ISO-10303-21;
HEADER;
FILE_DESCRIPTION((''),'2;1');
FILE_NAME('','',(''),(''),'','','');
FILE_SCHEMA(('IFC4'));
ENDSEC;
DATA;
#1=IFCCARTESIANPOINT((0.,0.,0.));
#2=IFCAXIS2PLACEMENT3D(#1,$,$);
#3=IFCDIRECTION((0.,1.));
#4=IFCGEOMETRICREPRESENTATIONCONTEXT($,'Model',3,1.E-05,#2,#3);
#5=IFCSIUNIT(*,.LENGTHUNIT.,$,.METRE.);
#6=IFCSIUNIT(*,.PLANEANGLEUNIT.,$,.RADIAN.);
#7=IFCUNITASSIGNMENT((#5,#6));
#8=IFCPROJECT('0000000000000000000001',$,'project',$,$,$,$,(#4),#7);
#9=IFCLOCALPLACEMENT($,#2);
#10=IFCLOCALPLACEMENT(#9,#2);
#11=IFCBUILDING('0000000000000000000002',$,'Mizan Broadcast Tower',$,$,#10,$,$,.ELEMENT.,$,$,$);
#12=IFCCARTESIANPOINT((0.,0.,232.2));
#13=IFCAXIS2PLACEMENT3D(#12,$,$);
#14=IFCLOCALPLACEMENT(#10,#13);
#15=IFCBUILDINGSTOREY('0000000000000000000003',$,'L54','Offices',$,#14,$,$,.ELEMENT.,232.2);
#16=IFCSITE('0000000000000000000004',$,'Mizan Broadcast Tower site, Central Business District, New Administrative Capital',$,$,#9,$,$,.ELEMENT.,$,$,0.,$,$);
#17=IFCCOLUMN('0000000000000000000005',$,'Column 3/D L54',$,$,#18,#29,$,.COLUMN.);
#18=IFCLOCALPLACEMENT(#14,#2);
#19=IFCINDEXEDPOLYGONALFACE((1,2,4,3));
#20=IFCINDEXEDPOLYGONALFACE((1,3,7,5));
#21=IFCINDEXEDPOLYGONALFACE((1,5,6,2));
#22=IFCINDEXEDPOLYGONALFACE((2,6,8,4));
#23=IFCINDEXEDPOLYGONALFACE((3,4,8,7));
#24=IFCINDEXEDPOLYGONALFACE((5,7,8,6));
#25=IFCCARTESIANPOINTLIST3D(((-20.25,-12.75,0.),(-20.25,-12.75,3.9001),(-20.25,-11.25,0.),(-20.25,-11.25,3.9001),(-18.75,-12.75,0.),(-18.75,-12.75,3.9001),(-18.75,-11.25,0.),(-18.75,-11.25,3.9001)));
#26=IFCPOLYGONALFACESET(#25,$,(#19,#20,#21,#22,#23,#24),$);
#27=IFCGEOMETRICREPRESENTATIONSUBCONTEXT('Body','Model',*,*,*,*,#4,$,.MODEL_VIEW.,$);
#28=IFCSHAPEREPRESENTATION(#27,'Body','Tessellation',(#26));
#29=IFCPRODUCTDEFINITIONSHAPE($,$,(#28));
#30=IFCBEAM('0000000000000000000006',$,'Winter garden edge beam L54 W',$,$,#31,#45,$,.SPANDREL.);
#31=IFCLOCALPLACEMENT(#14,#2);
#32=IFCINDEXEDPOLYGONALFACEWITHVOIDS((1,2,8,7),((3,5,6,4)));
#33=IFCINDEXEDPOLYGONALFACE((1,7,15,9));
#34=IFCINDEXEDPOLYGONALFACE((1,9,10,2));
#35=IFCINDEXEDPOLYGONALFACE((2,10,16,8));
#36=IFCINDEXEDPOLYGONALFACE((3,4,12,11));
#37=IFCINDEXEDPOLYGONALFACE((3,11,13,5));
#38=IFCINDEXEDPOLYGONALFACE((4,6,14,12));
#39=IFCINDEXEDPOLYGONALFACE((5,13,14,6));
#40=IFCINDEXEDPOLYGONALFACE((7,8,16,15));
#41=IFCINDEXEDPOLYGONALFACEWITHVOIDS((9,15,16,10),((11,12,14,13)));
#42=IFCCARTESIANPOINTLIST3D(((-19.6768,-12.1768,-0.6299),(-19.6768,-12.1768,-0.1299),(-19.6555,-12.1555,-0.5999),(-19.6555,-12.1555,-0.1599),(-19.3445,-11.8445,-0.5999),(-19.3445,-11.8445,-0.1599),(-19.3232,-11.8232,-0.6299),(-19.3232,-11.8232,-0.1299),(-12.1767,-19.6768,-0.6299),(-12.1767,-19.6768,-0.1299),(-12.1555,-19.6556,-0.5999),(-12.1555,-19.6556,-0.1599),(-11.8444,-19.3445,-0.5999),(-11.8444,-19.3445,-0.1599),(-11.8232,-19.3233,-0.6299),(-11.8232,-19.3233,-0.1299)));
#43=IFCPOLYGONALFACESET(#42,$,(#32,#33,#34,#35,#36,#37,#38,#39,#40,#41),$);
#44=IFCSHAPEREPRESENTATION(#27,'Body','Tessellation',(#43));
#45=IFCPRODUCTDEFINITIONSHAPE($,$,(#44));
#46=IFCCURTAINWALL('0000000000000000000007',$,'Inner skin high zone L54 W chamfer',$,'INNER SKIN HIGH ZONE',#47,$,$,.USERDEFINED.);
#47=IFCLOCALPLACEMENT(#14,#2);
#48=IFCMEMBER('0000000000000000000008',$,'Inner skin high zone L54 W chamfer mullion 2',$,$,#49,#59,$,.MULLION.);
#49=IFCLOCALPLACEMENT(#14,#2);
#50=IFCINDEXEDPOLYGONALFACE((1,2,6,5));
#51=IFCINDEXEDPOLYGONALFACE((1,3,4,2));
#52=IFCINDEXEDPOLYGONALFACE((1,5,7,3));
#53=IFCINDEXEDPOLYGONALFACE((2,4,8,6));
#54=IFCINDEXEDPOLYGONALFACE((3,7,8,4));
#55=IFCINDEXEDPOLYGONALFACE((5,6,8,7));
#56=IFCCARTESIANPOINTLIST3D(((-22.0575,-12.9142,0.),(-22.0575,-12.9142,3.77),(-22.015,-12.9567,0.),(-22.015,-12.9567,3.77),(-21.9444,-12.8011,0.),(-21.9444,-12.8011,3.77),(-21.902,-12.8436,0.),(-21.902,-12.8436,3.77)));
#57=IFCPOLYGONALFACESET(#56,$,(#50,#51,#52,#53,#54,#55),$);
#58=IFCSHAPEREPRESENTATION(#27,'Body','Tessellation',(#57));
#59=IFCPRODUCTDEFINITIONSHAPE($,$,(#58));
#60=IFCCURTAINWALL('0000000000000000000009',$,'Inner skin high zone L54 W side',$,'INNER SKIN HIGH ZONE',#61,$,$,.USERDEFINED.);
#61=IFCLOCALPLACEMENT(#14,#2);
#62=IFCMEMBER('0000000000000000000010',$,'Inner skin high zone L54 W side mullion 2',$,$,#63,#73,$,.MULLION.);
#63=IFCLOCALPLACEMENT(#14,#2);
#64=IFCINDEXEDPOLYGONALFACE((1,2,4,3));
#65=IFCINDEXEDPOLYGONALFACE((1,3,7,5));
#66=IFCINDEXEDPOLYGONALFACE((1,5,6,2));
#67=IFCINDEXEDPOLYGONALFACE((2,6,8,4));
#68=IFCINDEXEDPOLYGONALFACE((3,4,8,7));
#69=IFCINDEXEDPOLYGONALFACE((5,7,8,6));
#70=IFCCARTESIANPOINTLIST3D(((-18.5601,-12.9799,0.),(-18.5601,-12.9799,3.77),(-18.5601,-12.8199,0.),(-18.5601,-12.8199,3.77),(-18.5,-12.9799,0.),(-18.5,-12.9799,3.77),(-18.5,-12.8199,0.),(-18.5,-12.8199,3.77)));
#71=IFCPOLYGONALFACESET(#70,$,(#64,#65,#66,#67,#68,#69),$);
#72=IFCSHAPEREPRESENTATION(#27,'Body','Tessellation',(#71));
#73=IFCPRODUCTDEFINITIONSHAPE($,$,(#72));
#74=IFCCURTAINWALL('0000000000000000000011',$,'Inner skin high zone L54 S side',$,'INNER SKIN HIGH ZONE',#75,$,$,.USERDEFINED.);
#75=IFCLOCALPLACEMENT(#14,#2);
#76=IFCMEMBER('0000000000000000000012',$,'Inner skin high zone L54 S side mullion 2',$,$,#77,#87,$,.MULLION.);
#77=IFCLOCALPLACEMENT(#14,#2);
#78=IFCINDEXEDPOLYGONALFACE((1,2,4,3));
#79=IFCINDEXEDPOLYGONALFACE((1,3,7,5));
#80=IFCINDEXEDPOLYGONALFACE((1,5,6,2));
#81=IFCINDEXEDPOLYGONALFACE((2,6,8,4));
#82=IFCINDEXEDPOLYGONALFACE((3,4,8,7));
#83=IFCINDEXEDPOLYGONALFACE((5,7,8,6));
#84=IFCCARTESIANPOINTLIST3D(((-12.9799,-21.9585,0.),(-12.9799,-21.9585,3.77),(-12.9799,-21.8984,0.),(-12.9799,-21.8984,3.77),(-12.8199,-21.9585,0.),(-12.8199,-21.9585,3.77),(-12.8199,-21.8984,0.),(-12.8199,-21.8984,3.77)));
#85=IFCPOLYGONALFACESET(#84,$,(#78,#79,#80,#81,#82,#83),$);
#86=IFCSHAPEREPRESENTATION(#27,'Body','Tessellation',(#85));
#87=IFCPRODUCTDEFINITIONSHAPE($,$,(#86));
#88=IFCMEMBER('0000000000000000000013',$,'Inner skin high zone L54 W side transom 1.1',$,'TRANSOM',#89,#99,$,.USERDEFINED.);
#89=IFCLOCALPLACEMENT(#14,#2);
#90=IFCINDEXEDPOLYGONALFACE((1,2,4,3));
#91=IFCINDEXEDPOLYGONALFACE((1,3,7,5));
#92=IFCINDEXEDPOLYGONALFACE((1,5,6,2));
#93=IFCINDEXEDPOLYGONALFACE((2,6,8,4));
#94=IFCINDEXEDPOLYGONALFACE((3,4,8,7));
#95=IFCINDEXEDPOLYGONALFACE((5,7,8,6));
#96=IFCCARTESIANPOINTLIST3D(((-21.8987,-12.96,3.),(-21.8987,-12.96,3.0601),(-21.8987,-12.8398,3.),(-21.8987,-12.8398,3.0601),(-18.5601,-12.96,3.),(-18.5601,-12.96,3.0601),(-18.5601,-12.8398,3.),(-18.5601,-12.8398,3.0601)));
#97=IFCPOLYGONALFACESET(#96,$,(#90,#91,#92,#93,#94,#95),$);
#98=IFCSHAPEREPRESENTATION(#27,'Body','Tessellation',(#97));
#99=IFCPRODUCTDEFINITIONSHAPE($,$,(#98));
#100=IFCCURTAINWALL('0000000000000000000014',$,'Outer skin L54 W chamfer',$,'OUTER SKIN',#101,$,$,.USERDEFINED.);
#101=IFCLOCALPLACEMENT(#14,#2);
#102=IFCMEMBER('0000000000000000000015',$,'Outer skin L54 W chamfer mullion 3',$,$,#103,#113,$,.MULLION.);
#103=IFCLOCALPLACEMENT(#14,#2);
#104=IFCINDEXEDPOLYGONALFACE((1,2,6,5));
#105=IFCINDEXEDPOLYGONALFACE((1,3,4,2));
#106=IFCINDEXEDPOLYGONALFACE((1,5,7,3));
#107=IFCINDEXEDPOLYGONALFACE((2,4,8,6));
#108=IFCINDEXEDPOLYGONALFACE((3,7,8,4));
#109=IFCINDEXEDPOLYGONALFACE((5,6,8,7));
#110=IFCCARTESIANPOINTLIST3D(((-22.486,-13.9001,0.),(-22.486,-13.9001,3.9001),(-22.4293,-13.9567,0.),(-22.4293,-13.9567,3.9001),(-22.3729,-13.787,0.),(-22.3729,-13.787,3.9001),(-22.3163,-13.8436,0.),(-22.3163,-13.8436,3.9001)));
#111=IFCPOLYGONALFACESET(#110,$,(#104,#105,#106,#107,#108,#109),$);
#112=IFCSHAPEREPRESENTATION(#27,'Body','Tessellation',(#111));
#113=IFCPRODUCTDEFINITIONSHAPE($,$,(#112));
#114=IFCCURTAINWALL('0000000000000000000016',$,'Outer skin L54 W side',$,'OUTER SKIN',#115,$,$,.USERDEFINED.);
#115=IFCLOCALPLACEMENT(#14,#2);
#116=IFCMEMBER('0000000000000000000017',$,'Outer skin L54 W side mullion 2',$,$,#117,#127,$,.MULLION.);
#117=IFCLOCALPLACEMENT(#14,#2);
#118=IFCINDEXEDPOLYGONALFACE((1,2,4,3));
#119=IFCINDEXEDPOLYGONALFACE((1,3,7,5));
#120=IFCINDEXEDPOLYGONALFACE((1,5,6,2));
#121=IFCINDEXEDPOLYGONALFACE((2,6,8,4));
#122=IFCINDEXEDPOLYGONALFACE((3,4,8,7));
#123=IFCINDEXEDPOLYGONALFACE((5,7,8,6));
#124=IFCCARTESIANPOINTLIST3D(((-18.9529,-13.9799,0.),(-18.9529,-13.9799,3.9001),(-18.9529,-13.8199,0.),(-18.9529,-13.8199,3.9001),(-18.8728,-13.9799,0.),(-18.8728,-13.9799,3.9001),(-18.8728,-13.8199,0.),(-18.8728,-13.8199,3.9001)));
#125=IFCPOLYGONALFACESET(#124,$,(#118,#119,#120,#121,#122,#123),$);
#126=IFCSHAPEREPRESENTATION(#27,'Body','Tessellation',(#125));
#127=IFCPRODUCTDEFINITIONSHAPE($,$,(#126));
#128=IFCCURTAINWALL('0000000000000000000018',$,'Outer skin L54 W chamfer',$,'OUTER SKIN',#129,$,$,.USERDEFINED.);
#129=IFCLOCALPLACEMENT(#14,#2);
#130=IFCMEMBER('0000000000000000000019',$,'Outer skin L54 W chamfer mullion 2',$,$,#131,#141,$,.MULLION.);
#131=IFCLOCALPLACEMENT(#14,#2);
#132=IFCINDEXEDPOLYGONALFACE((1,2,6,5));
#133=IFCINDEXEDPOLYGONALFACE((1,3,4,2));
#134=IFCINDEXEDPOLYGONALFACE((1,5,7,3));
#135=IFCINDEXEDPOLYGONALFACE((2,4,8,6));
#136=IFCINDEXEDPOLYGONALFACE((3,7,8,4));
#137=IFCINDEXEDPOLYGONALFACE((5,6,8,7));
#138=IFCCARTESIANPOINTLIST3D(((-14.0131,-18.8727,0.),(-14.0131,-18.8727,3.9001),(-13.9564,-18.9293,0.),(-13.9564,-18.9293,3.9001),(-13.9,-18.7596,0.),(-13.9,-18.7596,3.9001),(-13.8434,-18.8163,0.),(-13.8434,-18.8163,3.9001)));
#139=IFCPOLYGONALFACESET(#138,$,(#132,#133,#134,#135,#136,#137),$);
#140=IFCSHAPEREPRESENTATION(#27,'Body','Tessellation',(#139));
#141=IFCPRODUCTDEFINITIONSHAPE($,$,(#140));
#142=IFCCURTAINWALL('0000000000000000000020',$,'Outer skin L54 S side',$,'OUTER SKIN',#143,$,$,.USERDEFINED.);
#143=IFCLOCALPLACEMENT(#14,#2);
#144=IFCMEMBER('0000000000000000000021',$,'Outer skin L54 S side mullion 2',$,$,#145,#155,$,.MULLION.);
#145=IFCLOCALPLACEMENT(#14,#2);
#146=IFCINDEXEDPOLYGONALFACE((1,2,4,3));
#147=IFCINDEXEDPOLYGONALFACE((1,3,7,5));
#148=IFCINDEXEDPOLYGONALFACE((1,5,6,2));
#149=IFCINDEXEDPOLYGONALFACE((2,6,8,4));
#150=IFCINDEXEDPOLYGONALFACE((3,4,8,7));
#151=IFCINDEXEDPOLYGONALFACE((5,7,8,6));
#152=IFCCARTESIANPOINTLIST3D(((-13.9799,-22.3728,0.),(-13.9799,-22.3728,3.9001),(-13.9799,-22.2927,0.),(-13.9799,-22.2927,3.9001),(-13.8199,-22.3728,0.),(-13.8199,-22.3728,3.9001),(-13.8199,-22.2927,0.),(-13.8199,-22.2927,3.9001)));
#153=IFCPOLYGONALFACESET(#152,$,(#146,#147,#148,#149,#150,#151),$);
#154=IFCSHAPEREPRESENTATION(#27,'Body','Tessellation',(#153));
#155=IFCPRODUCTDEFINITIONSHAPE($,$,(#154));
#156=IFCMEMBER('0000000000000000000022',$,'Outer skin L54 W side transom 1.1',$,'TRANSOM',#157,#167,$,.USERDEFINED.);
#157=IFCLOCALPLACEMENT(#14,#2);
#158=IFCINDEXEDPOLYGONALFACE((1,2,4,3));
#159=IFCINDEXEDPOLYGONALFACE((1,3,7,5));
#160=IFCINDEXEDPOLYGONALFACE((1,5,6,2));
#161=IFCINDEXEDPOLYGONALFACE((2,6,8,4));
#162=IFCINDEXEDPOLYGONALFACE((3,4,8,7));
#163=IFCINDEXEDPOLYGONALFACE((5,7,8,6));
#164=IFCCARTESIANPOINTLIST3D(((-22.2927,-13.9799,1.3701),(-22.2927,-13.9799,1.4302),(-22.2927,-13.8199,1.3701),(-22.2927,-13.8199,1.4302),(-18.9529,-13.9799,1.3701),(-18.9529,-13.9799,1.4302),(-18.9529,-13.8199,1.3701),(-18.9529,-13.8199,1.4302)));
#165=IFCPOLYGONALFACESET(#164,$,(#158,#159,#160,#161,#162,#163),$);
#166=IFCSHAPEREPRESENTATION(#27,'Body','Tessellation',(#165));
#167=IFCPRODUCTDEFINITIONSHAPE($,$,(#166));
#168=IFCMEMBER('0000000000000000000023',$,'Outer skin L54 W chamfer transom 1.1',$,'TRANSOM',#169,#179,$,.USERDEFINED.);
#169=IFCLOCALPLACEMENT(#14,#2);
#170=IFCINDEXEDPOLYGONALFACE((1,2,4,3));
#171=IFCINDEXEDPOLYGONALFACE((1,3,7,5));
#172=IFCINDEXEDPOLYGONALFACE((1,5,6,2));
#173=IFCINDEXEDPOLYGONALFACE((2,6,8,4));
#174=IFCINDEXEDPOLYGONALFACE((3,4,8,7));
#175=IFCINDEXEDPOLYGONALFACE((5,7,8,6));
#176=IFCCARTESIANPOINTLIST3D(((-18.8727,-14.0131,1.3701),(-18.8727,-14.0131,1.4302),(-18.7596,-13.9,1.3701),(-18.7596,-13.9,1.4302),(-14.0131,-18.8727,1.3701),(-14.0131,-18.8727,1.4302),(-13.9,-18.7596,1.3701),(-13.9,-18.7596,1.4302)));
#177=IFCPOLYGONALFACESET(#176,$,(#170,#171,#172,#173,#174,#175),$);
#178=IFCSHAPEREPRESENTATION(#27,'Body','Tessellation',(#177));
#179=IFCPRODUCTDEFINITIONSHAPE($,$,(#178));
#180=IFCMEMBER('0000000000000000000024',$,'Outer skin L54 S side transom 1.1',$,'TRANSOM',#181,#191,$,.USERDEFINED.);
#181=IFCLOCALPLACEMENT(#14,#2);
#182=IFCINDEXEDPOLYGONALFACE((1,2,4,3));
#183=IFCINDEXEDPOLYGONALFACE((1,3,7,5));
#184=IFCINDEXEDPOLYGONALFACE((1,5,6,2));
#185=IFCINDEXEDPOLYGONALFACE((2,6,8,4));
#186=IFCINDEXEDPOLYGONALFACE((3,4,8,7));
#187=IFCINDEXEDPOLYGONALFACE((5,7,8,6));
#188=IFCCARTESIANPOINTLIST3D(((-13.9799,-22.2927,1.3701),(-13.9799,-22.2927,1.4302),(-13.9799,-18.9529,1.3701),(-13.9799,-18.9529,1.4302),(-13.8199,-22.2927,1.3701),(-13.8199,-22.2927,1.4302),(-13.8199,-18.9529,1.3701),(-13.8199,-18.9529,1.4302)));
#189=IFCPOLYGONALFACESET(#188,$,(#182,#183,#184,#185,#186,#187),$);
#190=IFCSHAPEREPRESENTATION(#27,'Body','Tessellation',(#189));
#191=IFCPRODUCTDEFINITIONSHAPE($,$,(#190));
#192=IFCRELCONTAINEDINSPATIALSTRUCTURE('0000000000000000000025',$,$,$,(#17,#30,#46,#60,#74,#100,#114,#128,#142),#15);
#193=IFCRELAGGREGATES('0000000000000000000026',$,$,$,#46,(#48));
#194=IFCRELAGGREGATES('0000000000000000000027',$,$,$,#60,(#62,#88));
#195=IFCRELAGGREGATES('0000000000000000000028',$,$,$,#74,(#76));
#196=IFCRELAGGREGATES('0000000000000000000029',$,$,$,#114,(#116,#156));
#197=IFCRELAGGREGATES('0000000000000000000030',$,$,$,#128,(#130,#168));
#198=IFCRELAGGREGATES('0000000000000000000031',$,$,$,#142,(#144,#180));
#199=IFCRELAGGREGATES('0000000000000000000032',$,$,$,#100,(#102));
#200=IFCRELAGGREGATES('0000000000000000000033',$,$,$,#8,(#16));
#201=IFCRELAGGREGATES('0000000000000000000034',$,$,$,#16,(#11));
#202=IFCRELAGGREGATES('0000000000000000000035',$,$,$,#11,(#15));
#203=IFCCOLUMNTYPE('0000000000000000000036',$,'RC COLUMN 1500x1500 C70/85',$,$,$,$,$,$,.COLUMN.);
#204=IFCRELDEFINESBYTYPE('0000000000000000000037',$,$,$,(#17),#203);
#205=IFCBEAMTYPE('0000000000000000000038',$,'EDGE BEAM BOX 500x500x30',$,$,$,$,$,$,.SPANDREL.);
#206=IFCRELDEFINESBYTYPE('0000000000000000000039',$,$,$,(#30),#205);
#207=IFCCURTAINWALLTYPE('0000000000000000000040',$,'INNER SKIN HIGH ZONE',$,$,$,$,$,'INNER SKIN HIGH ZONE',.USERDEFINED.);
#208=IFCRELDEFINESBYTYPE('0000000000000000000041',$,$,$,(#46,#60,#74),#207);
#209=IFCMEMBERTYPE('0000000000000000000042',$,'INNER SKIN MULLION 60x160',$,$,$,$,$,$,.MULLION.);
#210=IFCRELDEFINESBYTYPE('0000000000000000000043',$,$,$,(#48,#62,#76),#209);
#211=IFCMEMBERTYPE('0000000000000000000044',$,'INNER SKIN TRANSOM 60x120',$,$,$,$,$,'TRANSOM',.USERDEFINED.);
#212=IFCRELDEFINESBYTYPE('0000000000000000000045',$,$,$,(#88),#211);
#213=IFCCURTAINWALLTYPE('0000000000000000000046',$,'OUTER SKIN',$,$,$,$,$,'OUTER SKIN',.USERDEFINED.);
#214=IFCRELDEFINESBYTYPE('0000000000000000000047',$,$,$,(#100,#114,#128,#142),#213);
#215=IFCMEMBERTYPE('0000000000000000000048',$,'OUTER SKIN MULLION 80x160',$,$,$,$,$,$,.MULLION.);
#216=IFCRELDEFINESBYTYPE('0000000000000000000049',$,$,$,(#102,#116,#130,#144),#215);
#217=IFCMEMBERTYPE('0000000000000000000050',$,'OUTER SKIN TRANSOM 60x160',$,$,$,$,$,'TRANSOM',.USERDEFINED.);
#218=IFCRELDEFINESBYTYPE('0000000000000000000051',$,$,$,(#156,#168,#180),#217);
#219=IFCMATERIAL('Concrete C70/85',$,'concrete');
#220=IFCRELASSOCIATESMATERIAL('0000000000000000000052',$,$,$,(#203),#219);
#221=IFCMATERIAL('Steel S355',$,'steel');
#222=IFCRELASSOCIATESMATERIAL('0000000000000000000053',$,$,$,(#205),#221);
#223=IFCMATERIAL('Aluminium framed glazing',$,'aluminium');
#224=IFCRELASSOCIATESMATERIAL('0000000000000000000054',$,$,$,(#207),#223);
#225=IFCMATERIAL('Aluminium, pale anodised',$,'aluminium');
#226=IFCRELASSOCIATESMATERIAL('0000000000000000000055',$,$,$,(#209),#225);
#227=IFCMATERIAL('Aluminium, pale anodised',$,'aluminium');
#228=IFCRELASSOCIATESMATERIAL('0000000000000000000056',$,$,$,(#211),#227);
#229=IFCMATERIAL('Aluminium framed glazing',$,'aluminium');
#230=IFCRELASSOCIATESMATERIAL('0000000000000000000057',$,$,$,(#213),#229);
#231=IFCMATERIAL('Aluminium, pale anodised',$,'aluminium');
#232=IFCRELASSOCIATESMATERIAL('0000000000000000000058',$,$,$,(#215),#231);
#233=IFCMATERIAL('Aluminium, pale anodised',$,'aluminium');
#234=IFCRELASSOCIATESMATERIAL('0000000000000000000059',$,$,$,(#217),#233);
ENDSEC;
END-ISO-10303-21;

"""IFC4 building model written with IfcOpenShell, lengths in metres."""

from ifc_helpers import new_model, si_unit, direction, frame, origin, origin_2d, place, context, subcontext, project, spatial, rectangle, hollow_rectangle, extrude, material, material_profile, profile_set, type_object, element, aggregate, save


model = new_model("IFC4")

# Units and contexts
model_context = context("Model", 3, precision=1e-05, world=origin(), true_north=direction((0.0, 1.0)))
body_context = subcontext(model_context, "Body", "Model", "MODEL_VIEW")
ifc_project = project(units=[si_unit("LENGTHUNIT", "METRE"), si_unit("PLANEANGLEUNIT", "RADIAN")], contexts=[model_context])

# Site, building, storey
site_placement = place(None, origin())
site = spatial("IfcSite", under=ifc_project, at=site_placement, Name="Mizan Broadcast Tower site, Central Business District, New Administrative Capital", CompositionType="ELEMENT", RefElevation=0.0)
building_placement = place(site_placement, origin())
building = spatial("IfcBuilding", under=site, at=building_placement, Name="Mizan Broadcast Tower", CompositionType="ELEMENT")
storey_placement = place(building_placement, frame((0.0, 0.0, 232.2)))
storey = spatial("IfcBuildingStorey", under=building, at=storey_placement, Name="L54", Description="Offices", CompositionType="ELEMENT", Elevation=232.2)

# Column
ifc_material_1 = material(Name="Concrete C70/85", Category="concrete")
ifc_material_profile_1 = material_profile(ifc_material_1, rectangle(XDim=1.5, YDim=1.5, at=origin_2d()), Name="RC 1500x1500")
ifc_profile_set_1 = profile_set([ifc_material_profile_1], Name="Concrete C70/85")
column_type = type_object("IfcColumnType", Name="RC COLUMN 1500x1500 C70/85", PredefinedType="COLUMN", material=ifc_profile_set_1)
column_placement = place(storey_placement, frame((-19.5, -12.0, 0.0), z_axis=(0.0, 0.0, 1.0), x_axis=(1.0, 0.0, 0.0)))
element("IfcColumn", 1, at=column_placement, inside=storey, type_object=column_type, Name="Column 3/D L54", PredefinedType="COLUMN", context=body_context, shape_type="SweptSolid", body=[
    extrude(rectangle(XDim=1.5, YDim=1.5, at=origin_2d()), origin(), (0.0, 0.0, 1.0), 3.9001),
])

# Beam
ifc_material_2 = material(Name="Steel S355", Category="steel")
ifc_material_profile_2 = material_profile(ifc_material_2, hollow_rectangle(XDim=0.5, YDim=0.5, WallThickness=0.03, at=origin_2d()), Name="BOX 500x500x30")
ifc_profile_set_2 = profile_set([ifc_material_profile_2], Name="Steel S355")
beam_type = type_object("IfcBeamType", Name="EDGE BEAM BOX 500x500x30", PredefinedType="SPANDREL", material=ifc_profile_set_2)
beam_placement = place(storey_placement, frame((-19.5, -12.0, -0.3799), z_axis=(0.707107, -0.707107, 0.0), x_axis=(0.707107, 0.707107, 0.0)))
element("IfcBeam", 2, at=beam_placement, inside=storey, type_object=beam_type, Name="Winter garden edge beam L54 W", PredefinedType="SPANDREL", context=body_context, shape_type="SweptSolid", body=[
    extrude(hollow_rectangle(XDim=0.5, YDim=0.5, WallThickness=0.03, at=origin_2d()), origin(), (0.0, 0.0, 1.0), 10.6067),
])

# Curtain walls, members
ifc_material_3 = material(Name="Aluminium framed glazing", Category="aluminium")
curtain_wall_type_1 = type_object("IfcCurtainWallType", Name="INNER SKIN HIGH ZONE", ElementType="INNER SKIN HIGH ZONE", PredefinedType="USERDEFINED", material=ifc_material_3)
curtain_wall_1_placement = place(storey_placement, origin())
curtain_wall_1 = element("IfcCurtainWall", 3, at=curtain_wall_1_placement, inside=storey, type_object=curtain_wall_type_1, Name="Inner skin high zone L54 W chamfer", ObjectType="INNER SKIN HIGH ZONE", PredefinedType="USERDEFINED")
ifc_material_4 = material(Name="Aluminium, pale anodised", Category="aluminium")
ifc_material_profile_3 = material_profile(ifc_material_4, rectangle(XDim=0.1599, YDim=0.0601, at=origin_2d()), Name="MULLION 160x60")
ifc_profile_set_3 = profile_set([ifc_material_profile_3], Name="Aluminium, pale anodised")
member_type_1 = type_object("IfcMemberType", Name="INNER SKIN MULLION 60x160", PredefinedType="MULLION", material=ifc_profile_set_3)
member_1_placement = place(storey_placement, frame((-21.9797, -12.8789, 0.0), z_axis=(0.0, 0.0, 1.0), x_axis=(0.707107, 0.707107, 0.0)))
member_1 = element("IfcMember", 4, at=member_1_placement, type_object=member_type_1, Name="Inner skin high zone L54 W chamfer mullion 2", PredefinedType="MULLION", context=body_context, shape_type="SweptSolid", body=[
    extrude(rectangle(XDim=0.1599, YDim=0.0601, at=origin_2d()), origin(), (0.0, 0.0, 1.0), 3.77),
])
aggregate(curtain_wall_1, [member_1])
curtain_wall_2_placement = place(storey_placement, origin())
curtain_wall_2 = element("IfcCurtainWall", 5, at=curtain_wall_2_placement, inside=storey, type_object=curtain_wall_type_1, Name="Inner skin high zone L54 W side", ObjectType="INNER SKIN HIGH ZONE", PredefinedType="USERDEFINED")
member_2_placement = place(storey_placement, frame((-18.53, -12.8999, 0.0), z_axis=(0.0, 0.0, 1.0), x_axis=(0.0, 1.0, 0.0)))
member_2 = element("IfcMember", 6, at=member_2_placement, type_object=member_type_1, Name="Inner skin high zone L54 W side mullion 2", PredefinedType="MULLION", context=body_context, shape_type="SweptSolid", body=[
    extrude(rectangle(XDim=0.1599, YDim=0.0601, at=origin_2d()), origin(), (0.0, 0.0, 1.0), 3.77),
])
curtain_wall_3_placement = place(storey_placement, origin())
curtain_wall_3 = element("IfcCurtainWall", 7, at=curtain_wall_3_placement, inside=storey, type_object=curtain_wall_type_1, Name="Inner skin high zone L54 S side", ObjectType="INNER SKIN HIGH ZONE", PredefinedType="USERDEFINED")
member_3_placement = place(storey_placement, frame((-12.8999, -21.9285, 0.0), z_axis=(0.0, 0.0, 1.0), x_axis=(1.0, 0.0, 0.0)))
member_3 = element("IfcMember", 8, at=member_3_placement, type_object=member_type_1, Name="Inner skin high zone L54 S side mullion 2", PredefinedType="MULLION", context=body_context, shape_type="SweptSolid", body=[
    extrude(rectangle(XDim=0.1599, YDim=0.0601, at=origin_2d()), origin(), (0.0, 0.0, 1.0), 3.77),
])

# Member
ifc_material_5 = material(Name="Aluminium, pale anodised", Category="aluminium")
ifc_material_profile_4 = material_profile(ifc_material_5, rectangle(XDim=0.1201, YDim=0.0601, at=origin_2d()), Name="TRANSOM 120x60")
ifc_profile_set_4 = profile_set([ifc_material_profile_4], Name="Aluminium, pale anodised")
member_type_2 = type_object("IfcMemberType", Name="INNER SKIN TRANSOM 60x120", ElementType="TRANSOM", PredefinedType="USERDEFINED", material=ifc_profile_set_4)
member_4_placement = place(storey_placement, frame((-21.8987, -12.8999, 3.03), z_axis=(1.0, 0.0, 0.0), x_axis=(0.0, 1.0, 0.0)))
member_4 = element("IfcMember", 9, at=member_4_placement, type_object=member_type_2, Name="Inner skin high zone L54 W side transom 1.1", ObjectType="TRANSOM", PredefinedType="USERDEFINED", context=body_context, shape_type="SweptSolid", body=[
    extrude(rectangle(XDim=0.1201, YDim=0.0601, at=origin_2d()), origin(), (0.0, 0.0, 1.0), 3.3386),
])

# Curtain walls, members
ifc_material_6 = material(Name="Aluminium framed glazing", Category="aluminium")
curtain_wall_type_2 = type_object("IfcCurtainWallType", Name="OUTER SKIN", ElementType="OUTER SKIN", PredefinedType="USERDEFINED", material=ifc_material_6)
curtain_wall_4_placement = place(storey_placement, origin())
curtain_wall_4 = element("IfcCurtainWall", 10, at=curtain_wall_4_placement, inside=storey, type_object=curtain_wall_type_2, Name="Outer skin L54 W chamfer", ObjectType="OUTER SKIN", PredefinedType="USERDEFINED")
ifc_material_7 = material(Name="Aluminium, pale anodised", Category="aluminium")
ifc_material_profile_5 = material_profile(ifc_material_7, rectangle(XDim=0.1599, YDim=0.0801, at=origin_2d()), Name="MULLION 160x80")
ifc_profile_set_5 = profile_set([ifc_material_profile_5], Name="Aluminium, pale anodised")
member_type_3 = type_object("IfcMemberType", Name="OUTER SKIN MULLION 80x160", PredefinedType="MULLION", material=ifc_profile_set_5)
member_5_placement = place(storey_placement, frame((-22.4011, -13.8718, 0.0), z_axis=(0.0, 0.0, 1.0), x_axis=(0.707107, 0.707107, 0.0)))
member_5 = element("IfcMember", 11, at=member_5_placement, type_object=member_type_3, Name="Outer skin L54 W chamfer mullion 3", PredefinedType="MULLION", context=body_context, shape_type="SweptSolid", body=[
    extrude(rectangle(XDim=0.1599, YDim=0.0801, at=origin_2d()), origin(), (0.0, 0.0, 1.0), 3.9001),
])
curtain_wall_5_placement = place(storey_placement, origin())
curtain_wall_5 = element("IfcCurtainWall", 12, at=curtain_wall_5_placement, inside=storey, type_object=curtain_wall_type_2, Name="Outer skin L54 W side", ObjectType="OUTER SKIN", PredefinedType="USERDEFINED")
member_6_placement = place(storey_placement, frame((-18.9128, -13.8999, 0.0), z_axis=(0.0, 0.0, 1.0), x_axis=(0.0, 1.0, 0.0)))
member_6 = element("IfcMember", 13, at=member_6_placement, type_object=member_type_3, Name="Outer skin L54 W side mullion 2", PredefinedType="MULLION", context=body_context, shape_type="SweptSolid", body=[
    extrude(rectangle(XDim=0.1599, YDim=0.0801, at=origin_2d()), origin(), (0.0, 0.0, 1.0), 3.9001),
])
curtain_wall_6_placement = place(storey_placement, origin())
curtain_wall_6 = element("IfcCurtainWall", 14, at=curtain_wall_6_placement, inside=storey, type_object=curtain_wall_type_2, Name="Outer skin L54 W chamfer", ObjectType="OUTER SKIN", PredefinedType="USERDEFINED")
member_7_placement = place(storey_placement, frame((-13.9282, -18.8445, 0.0), z_axis=(0.0, 0.0, 1.0), x_axis=(0.707107, 0.707107, 0.0)))
member_7 = element("IfcMember", 15, at=member_7_placement, type_object=member_type_3, Name="Outer skin L54 W chamfer mullion 2", PredefinedType="MULLION", context=body_context, shape_type="SweptSolid", body=[
    extrude(rectangle(XDim=0.1599, YDim=0.0801, at=origin_2d()), origin(), (0.0, 0.0, 1.0), 3.9001),
])
curtain_wall_7_placement = place(storey_placement, origin())
curtain_wall_7 = element("IfcCurtainWall", 16, at=curtain_wall_7_placement, inside=storey, type_object=curtain_wall_type_2, Name="Outer skin L54 S side", ObjectType="OUTER SKIN", PredefinedType="USERDEFINED")
member_8_placement = place(storey_placement, frame((-13.8999, -22.3328, 0.0), z_axis=(0.0, 0.0, 1.0), x_axis=(1.0, 0.0, 0.0)))
member_8 = element("IfcMember", 17, at=member_8_placement, type_object=member_type_3, Name="Outer skin L54 S side mullion 2", PredefinedType="MULLION", context=body_context, shape_type="SweptSolid", body=[
    extrude(rectangle(XDim=0.1599, YDim=0.0801, at=origin_2d()), origin(), (0.0, 0.0, 1.0), 3.9001),
])

# Members
ifc_material_8 = material(Name="Aluminium, pale anodised", Category="aluminium")
ifc_material_profile_6 = material_profile(ifc_material_8, rectangle(XDim=0.1599, YDim=0.0601, at=origin_2d()), Name="TRANSOM 160x60")
ifc_profile_set_6 = profile_set([ifc_material_profile_6], Name="Aluminium, pale anodised")
member_type_4 = type_object("IfcMemberType", Name="OUTER SKIN TRANSOM 60x160", ElementType="TRANSOM", PredefinedType="USERDEFINED", material=ifc_profile_set_6)
member_9_placement = place(storey_placement, frame((-22.2927, -13.8999, 1.4001), z_axis=(1.0, 0.0, 0.0), x_axis=(0.0, 1.0, 0.0)))
member_9 = element("IfcMember", 18, at=member_9_placement, type_object=member_type_4, Name="Outer skin L54 W side transom 1.1", ObjectType="TRANSOM", PredefinedType="USERDEFINED", context=body_context, shape_type="SweptSolid", body=[
    extrude(rectangle(XDim=0.1599, YDim=0.0601, at=origin_2d()), origin(), (0.0, 0.0, 1.0), 3.3398),
])
member_10_placement = place(storey_placement, frame((-18.8162, -13.9565, 1.4001), z_axis=(0.707107, -0.707107, 0.0), x_axis=(0.707107, 0.707107, 0.0)))
member_10 = element("IfcMember", 19, at=member_10_placement, type_object=member_type_4, Name="Outer skin L54 W chamfer transom 1.1", ObjectType="TRANSOM", PredefinedType="USERDEFINED", context=body_context, shape_type="SweptSolid", body=[
    extrude(rectangle(XDim=0.1599, YDim=0.0601, at=origin_2d()), origin(), (0.0, 0.0, 1.0), 6.8726),
])
member_11_placement = place(storey_placement, frame((-13.8999, -18.9529, 1.4001), z_axis=(0.0, -1.0, 0.0), x_axis=(1.0, 0.0, 0.0)))
member_11 = element("IfcMember", 20, at=member_11_placement, type_object=member_type_4, Name="Outer skin L54 S side transom 1.1", ObjectType="TRANSOM", PredefinedType="USERDEFINED", context=body_context, shape_type="SweptSolid", body=[
    extrude(rectangle(XDim=0.1599, YDim=0.0601, at=origin_2d()), origin(), (0.0, 0.0, 1.0), 3.3398),
])

aggregate(curtain_wall_2, [member_2, member_4])
aggregate(curtain_wall_3, [member_3])
aggregate(curtain_wall_5, [member_6, member_9])
aggregate(curtain_wall_6, [member_7, member_10])
aggregate(curtain_wall_7, [member_8, member_11])
aggregate(curtain_wall_4, [member_5])

save(model, "model.ifc")
